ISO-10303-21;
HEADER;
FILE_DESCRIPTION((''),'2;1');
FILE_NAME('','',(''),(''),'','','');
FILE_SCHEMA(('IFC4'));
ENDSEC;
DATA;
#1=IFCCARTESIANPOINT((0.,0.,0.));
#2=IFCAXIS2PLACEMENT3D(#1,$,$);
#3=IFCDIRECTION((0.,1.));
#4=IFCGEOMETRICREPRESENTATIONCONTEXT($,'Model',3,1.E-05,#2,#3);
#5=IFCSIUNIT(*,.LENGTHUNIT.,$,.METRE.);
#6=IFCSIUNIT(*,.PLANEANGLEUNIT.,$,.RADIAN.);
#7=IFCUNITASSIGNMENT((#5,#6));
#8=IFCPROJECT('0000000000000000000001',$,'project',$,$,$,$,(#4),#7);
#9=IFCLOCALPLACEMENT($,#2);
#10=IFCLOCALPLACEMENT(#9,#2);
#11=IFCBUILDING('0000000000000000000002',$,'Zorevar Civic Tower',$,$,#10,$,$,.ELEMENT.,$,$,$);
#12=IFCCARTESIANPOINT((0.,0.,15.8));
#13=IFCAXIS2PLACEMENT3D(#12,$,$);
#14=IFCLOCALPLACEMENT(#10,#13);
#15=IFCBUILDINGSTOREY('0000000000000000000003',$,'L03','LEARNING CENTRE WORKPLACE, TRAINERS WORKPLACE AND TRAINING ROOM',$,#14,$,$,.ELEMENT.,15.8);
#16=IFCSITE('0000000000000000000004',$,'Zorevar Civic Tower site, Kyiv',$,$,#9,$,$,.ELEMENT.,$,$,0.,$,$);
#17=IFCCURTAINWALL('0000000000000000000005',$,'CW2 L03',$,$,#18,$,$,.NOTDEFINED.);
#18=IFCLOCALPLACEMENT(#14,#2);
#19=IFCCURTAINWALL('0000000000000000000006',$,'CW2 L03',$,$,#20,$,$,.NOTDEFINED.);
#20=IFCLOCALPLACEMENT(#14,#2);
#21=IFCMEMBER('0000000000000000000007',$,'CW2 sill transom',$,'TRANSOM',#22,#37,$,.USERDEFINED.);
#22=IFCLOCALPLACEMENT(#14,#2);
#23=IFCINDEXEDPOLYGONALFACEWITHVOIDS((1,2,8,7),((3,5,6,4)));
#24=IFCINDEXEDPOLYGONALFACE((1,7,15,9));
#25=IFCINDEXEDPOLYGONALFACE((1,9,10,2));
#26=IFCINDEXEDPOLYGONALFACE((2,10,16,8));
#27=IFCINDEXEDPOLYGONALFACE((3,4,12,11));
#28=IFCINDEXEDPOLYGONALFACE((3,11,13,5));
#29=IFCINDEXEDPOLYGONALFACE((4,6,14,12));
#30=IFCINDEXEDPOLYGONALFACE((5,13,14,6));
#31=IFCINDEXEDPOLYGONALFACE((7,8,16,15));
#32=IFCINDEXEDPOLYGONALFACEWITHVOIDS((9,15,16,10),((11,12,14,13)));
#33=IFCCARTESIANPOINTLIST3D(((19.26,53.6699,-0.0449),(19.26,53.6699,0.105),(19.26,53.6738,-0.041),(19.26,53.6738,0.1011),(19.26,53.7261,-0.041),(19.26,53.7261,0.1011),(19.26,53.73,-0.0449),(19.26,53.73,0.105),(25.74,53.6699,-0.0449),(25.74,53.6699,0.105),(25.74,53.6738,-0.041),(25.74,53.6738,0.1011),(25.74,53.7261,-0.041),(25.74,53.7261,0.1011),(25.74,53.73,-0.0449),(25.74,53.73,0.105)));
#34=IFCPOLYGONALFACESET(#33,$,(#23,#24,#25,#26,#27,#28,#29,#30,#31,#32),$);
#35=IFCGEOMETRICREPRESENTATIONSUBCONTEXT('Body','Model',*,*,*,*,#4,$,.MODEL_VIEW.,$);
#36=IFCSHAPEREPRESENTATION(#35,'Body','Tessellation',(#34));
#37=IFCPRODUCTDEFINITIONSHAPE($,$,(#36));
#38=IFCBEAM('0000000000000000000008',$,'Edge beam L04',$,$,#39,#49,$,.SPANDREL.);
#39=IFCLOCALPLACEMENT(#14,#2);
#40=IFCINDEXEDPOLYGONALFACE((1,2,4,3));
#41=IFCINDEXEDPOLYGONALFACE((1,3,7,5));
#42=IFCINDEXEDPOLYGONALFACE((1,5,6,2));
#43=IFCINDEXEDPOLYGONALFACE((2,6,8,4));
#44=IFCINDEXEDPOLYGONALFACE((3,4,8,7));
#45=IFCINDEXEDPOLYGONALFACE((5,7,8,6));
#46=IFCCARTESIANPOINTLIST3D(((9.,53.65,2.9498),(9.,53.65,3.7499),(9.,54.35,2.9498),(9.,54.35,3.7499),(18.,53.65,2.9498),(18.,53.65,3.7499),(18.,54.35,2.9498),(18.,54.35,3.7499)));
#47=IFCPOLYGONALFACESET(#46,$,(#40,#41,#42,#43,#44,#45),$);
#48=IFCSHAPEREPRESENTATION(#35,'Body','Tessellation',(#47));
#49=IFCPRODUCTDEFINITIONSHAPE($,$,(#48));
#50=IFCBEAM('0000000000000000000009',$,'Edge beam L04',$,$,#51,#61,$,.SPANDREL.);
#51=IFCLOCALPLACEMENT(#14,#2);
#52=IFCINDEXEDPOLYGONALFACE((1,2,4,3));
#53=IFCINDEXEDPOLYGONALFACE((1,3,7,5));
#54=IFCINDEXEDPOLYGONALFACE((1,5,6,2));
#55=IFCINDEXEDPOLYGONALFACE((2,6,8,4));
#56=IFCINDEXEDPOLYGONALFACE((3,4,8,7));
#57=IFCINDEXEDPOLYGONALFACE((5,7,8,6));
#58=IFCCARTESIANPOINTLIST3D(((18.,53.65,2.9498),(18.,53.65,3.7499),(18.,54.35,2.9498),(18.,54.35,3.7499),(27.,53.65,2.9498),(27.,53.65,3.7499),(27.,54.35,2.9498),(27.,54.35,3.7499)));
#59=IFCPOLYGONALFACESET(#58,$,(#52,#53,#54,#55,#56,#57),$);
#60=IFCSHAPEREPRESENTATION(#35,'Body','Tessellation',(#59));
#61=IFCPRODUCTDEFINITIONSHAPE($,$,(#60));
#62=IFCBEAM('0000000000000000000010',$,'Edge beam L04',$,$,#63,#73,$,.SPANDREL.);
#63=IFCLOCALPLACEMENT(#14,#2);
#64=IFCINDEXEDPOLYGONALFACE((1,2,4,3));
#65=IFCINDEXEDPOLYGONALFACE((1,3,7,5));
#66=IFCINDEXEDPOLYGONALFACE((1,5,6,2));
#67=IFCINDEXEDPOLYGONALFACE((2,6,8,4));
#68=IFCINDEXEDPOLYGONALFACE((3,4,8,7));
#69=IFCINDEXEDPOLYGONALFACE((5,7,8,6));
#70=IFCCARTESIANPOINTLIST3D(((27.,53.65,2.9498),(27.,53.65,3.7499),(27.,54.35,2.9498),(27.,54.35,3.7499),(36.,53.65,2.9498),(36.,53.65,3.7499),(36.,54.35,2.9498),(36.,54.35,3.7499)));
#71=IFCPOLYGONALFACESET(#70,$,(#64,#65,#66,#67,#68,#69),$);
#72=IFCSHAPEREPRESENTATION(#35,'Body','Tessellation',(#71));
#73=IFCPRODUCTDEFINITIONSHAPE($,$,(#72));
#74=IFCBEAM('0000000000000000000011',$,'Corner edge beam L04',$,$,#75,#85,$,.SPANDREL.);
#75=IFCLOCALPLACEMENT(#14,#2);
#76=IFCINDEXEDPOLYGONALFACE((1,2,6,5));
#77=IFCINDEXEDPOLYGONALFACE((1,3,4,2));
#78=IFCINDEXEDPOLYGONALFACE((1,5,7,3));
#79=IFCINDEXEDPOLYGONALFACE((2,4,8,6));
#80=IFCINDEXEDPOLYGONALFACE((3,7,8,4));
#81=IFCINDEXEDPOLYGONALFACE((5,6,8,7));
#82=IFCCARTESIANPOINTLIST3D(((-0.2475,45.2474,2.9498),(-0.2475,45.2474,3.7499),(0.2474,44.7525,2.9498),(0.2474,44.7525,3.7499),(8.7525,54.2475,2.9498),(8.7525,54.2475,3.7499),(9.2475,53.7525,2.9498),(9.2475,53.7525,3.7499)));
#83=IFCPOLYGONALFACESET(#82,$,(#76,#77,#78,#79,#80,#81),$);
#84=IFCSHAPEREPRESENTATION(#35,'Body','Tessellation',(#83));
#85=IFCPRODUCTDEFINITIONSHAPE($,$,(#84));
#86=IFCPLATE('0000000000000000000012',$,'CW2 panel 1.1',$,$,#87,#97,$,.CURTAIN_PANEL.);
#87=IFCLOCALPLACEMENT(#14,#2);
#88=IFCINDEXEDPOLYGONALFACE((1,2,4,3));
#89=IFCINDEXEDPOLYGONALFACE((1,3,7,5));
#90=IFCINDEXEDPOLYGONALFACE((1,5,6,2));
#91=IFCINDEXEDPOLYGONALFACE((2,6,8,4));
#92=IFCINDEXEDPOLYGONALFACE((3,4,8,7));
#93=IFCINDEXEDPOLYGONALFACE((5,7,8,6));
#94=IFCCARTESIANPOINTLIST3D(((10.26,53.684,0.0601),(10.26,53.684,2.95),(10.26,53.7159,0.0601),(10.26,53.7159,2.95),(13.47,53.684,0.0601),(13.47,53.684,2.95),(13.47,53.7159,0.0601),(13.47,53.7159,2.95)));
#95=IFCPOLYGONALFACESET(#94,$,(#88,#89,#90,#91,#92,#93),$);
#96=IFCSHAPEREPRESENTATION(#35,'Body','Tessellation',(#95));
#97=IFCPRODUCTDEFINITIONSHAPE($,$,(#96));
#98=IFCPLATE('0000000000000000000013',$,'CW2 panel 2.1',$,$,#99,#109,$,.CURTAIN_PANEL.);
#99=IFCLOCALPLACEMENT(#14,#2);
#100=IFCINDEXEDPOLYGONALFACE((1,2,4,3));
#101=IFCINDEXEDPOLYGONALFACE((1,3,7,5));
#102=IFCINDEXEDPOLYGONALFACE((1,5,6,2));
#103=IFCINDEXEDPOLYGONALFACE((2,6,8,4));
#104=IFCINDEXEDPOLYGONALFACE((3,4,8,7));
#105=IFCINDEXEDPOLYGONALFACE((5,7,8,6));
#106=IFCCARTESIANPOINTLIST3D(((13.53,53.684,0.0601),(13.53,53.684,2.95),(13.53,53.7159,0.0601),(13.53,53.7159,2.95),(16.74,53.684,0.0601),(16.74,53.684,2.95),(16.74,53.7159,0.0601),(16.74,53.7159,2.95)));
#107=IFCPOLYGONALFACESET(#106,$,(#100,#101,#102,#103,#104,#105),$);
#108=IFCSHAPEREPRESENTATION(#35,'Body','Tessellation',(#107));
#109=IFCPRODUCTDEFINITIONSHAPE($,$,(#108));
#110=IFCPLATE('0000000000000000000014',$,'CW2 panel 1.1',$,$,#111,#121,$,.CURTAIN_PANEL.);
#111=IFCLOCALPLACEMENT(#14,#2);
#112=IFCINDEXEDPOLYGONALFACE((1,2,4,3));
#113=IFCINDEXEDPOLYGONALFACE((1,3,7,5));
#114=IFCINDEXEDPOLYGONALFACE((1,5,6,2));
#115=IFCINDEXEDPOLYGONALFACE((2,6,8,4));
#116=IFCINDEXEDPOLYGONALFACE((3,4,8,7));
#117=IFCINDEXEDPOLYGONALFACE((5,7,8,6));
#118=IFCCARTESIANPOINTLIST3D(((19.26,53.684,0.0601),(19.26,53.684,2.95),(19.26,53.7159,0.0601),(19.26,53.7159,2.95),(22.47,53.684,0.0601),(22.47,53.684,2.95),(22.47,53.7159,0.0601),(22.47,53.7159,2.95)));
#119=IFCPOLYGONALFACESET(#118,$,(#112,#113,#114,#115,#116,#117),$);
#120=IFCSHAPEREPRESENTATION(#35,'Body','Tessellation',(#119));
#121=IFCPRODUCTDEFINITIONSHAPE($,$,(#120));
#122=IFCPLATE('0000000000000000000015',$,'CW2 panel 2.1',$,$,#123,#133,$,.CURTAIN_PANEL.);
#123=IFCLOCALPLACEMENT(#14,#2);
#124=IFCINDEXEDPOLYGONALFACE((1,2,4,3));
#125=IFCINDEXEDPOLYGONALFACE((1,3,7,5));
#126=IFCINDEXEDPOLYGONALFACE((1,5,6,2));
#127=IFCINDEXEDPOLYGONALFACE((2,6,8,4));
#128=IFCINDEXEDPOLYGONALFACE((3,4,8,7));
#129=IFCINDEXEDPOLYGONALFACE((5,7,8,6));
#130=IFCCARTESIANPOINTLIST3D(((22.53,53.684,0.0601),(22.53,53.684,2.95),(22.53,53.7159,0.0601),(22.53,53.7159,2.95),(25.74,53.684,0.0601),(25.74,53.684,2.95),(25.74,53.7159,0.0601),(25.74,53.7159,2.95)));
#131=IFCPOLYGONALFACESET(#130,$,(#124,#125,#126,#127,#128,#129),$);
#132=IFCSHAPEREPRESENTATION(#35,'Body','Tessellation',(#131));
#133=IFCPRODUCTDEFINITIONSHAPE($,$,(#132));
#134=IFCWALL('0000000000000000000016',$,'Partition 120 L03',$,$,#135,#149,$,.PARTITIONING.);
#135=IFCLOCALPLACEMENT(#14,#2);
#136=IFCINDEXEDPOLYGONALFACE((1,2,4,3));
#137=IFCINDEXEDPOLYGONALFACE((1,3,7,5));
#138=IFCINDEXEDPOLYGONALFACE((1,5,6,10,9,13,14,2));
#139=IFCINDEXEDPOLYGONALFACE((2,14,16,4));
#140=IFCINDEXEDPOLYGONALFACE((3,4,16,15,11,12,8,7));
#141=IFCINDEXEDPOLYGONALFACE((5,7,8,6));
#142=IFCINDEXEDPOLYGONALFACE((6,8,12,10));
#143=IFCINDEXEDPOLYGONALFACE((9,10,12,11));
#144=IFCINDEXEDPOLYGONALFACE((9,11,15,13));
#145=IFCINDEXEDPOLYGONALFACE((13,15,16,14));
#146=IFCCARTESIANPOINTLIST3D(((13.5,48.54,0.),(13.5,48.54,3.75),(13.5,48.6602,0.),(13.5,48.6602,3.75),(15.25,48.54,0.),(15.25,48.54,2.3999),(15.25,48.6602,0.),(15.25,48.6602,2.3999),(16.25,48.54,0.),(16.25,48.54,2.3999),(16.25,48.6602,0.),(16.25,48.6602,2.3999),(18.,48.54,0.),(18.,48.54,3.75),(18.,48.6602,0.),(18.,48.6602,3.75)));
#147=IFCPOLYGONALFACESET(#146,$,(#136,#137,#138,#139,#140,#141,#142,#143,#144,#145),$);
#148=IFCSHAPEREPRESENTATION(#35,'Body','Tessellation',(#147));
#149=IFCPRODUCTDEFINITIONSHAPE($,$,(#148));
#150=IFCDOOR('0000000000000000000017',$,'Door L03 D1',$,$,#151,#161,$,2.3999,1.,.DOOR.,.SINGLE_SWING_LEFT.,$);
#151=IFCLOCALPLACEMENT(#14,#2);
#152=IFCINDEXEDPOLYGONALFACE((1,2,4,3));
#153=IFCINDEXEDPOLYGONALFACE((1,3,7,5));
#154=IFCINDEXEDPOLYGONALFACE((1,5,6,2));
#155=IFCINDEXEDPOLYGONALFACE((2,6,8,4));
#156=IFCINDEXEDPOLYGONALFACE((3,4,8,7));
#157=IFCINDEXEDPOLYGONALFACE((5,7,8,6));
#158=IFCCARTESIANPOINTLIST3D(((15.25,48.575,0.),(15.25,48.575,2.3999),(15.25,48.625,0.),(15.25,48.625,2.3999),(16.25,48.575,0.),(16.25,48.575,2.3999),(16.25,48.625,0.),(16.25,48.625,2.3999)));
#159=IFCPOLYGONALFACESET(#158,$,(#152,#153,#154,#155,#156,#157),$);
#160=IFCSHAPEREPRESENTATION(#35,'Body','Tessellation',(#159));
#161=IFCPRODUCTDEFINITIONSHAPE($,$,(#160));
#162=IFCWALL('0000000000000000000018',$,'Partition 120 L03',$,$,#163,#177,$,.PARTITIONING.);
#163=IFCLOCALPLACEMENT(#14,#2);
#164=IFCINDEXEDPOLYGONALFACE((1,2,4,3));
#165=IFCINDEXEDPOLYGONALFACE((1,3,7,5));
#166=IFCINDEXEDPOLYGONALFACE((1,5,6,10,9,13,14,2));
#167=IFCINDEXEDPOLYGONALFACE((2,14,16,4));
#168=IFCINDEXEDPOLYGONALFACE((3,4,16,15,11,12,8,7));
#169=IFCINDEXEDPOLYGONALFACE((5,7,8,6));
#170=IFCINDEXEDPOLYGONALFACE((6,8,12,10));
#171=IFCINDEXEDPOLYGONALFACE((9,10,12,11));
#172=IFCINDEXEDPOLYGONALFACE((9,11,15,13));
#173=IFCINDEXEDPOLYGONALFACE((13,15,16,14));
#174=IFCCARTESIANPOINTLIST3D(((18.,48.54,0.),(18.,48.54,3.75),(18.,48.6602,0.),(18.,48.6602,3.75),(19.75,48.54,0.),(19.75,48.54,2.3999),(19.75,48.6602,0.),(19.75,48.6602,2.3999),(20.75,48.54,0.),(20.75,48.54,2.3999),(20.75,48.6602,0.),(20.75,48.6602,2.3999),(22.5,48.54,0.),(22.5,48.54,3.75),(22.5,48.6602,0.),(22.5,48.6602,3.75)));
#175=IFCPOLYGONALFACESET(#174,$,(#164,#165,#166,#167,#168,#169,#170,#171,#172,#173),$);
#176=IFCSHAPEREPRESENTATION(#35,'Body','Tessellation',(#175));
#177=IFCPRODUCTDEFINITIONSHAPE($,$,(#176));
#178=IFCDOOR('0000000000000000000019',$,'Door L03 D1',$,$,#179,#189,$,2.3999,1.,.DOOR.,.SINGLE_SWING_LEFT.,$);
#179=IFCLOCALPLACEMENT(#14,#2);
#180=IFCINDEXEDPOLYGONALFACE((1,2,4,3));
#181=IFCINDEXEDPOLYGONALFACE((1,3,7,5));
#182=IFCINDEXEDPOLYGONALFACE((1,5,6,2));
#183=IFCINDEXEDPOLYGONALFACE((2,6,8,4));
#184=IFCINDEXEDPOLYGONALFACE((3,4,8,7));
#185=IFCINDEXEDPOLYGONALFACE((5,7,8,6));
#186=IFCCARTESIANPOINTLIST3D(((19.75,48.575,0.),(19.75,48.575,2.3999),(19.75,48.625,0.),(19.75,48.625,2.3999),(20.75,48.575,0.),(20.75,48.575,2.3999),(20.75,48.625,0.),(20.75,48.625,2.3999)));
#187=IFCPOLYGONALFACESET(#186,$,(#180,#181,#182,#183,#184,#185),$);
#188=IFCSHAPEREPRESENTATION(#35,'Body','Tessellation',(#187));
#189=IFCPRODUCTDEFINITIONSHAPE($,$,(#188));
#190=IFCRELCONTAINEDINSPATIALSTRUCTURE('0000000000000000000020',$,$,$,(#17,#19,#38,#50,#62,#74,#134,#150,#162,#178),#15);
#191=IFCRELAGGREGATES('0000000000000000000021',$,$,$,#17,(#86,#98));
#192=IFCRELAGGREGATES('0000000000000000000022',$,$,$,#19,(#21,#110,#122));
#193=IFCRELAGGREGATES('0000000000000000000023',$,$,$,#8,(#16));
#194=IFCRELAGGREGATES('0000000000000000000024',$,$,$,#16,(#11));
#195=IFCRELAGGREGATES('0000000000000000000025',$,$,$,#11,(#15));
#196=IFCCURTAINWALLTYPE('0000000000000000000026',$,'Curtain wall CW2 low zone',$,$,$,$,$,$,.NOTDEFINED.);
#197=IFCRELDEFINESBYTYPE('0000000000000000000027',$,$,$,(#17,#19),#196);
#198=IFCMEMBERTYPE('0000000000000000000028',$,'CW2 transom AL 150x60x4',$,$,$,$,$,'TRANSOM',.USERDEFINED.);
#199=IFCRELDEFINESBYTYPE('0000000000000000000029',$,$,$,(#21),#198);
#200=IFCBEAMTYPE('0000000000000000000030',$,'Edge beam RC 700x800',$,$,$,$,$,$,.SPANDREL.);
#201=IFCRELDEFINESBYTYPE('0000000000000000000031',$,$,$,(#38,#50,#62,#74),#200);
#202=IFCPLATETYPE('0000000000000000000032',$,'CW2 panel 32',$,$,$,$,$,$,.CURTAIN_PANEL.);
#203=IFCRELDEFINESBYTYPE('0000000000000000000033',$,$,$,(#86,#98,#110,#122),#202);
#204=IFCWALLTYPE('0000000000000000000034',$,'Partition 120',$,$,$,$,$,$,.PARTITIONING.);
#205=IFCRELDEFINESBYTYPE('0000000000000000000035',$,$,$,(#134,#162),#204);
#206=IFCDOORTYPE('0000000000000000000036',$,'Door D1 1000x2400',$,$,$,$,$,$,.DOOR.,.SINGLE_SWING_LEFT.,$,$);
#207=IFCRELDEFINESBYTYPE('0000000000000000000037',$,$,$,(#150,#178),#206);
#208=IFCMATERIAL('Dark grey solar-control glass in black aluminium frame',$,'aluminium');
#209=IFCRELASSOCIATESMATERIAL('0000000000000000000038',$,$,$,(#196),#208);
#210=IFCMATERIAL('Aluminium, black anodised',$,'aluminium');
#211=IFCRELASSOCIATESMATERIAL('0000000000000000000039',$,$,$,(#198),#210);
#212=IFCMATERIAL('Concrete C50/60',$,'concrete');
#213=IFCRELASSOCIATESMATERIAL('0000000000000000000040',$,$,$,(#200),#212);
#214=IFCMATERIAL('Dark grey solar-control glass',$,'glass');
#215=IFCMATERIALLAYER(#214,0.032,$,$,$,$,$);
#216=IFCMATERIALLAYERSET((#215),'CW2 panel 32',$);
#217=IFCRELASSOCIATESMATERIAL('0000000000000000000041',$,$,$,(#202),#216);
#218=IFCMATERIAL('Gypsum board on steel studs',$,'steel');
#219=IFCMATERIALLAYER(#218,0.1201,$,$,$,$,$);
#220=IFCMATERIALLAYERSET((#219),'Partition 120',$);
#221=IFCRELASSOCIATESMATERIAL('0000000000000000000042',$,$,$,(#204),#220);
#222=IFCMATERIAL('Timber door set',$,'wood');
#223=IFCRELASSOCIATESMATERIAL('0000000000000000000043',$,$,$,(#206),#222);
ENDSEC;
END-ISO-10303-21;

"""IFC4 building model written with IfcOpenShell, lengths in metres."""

from ifc_helpers import new_model, si_unit, direction, frame, frame_2d, origin, origin_2d, place, context, subcontext, project, spatial, rectangle, hollow_rectangle, extrude, material, layer, layer_set, material_profile, profile_set, type_object, element, fill, aggregate, save


model = new_model("IFC4")

# Units and contexts
model_context = context("Model", 3, precision=1e-05, world=origin(), true_north=direction((0.0, 1.0)))
body_context = subcontext(model_context, "Body", "Model", "MODEL_VIEW")
ifc_project = project(units=[si_unit("LENGTHUNIT", "METRE"), si_unit("PLANEANGLEUNIT", "RADIAN")], contexts=[model_context])

# Site, building, storey
site_placement = place(None, origin())
site = spatial("IfcSite", under=ifc_project, at=site_placement, Name="Zorevar Civic Tower site, Kyiv", CompositionType="ELEMENT", RefElevation=0.0)
building_placement = place(site_placement, origin())
building = spatial("IfcBuilding", under=site, at=building_placement, Name="Zorevar Civic Tower", CompositionType="ELEMENT")
storey_placement = place(building_placement, frame((0.0, 0.0, 15.8)))
storey = spatial("IfcBuildingStorey", under=building, at=storey_placement, Name="L03", Description="LEARNING CENTRE WORKPLACE, TRAINERS WORKPLACE AND TRAINING ROOM", CompositionType="ELEMENT", Elevation=15.8)

# Curtain walls
ifc_material_1 = material(Name="Dark grey solar-control glass in black aluminium frame", Category="aluminium")
curtain_wall_type = type_object("IfcCurtainWallType", Name="Curtain wall CW2 low zone", PredefinedType="NOTDEFINED", material=ifc_material_1)
curtain_wall_1_placement = place(storey_placement, origin())
curtain_wall_1 = element("IfcCurtainWall", 1, at=curtain_wall_1_placement, inside=storey, type_object=curtain_wall_type, Name="CW2 L03", PredefinedType="NOTDEFINED")
curtain_wall_2_placement = place(storey_placement, origin())
curtain_wall_2 = element("IfcCurtainWall", 2, at=curtain_wall_2_placement, inside=storey, type_object=curtain_wall_type, Name="CW2 L03", PredefinedType="NOTDEFINED")

# Member
ifc_material_2 = material(Name="Aluminium, black anodised", Category="aluminium")
ifc_material_profile_1 = material_profile(ifc_material_2, hollow_rectangle(XDim=0.0601, YDim=0.1499, WallThickness=0.0039, at=origin_2d()), Name="AL 150x60x4")
ifc_profile_set_1 = profile_set([ifc_material_profile_1], Name="Aluminium, black anodised")
member_type_1 = type_object("IfcMemberType", Name="CW2 transom AL 150x60x4", ElementType="TRANSOM", PredefinedType="USERDEFINED", material=ifc_profile_set_1)
member_1_placement = place(storey_placement, frame((19.26, 53.7, 0.03), z_axis=(1.0, 0.0, 0.0), x_axis=(0.0, 1.0, 0.0)))
member_1 = element("IfcMember", 3, at=member_1_placement, type_object=member_type_1, Name="CW2 sill transom", ObjectType="TRANSOM", PredefinedType="USERDEFINED", context=body_context, shape_type="SweptSolid", body=[
    extrude(hollow_rectangle(XDim=0.0601, YDim=0.1499, WallThickness=0.0039, at=origin_2d()), origin(), (0.0, 0.0, 1.0), 6.48),
])

# Beams
ifc_material_3 = material(Name="Concrete C50/60", Category="concrete")
ifc_material_profile_2 = material_profile(ifc_material_3, rectangle(XDim=0.7, YDim=0.8, at=origin_2d()), Name="RC 700x800")
ifc_profile_set_2 = profile_set([ifc_material_profile_2], Name="Concrete C50/60")
beam_type_1 = type_object("IfcBeamType", Name="Edge beam RC 700x800", PredefinedType="SPANDREL", material=ifc_profile_set_2)
for number, where, z_axis, x_axis, name in (
    (4, (9.0, 54.0, 3.3499), (1.0, 0.0, 0.0), (0.0, 1.0, 0.0), "Edge beam L04"),
    (5, (18.0, 54.0, 3.3499), (1.0, 0.0, 0.0), (0.0, 1.0, 0.0), "Edge beam L04"),
    (6, (27.0, 54.0, 3.3499), (1.0, 0.0, 0.0), (0.0, 1.0, 0.0), "Edge beam L04"),
):
    element("IfcBeam", number, at=place(storey_placement, frame(where, z_axis=z_axis, x_axis=x_axis)), inside=storey, type_object=beam_type_1, Name=name, PredefinedType="SPANDREL", context=body_context, shape_type="SweptSolid", body=[
        extrude(rectangle(XDim=0.7, YDim=0.8, at=origin_2d()), origin(), (0.0, 0.0, 1.0), 9.0),
    ])
beam_placement = place(storey_placement, frame((9.0, 54.0, 3.3499), z_axis=(-0.707107, -0.707107, 0.0), x_axis=(0.707107, -0.707107, 0.0)))
element("IfcBeam", 7, at=beam_placement, inside=storey, type_object=beam_type_1, Name="Corner edge beam L04", PredefinedType="SPANDREL", context=body_context, shape_type="SweptSolid", body=[
    extrude(rectangle(XDim=0.7, YDim=0.8, at=origin_2d()), origin(), (0.0, 0.0, 1.0), 12.728),
])

# Plates
ifc_material_4 = material(Name="Dark grey solar-control glass", Category="glass")
ifc_layer_1 = layer(ifc_material_4, 0.032)
ifc_layer_set_1 = layer_set([ifc_layer_1], Name="CW2 panel 32")
plate_type = type_object("IfcPlateType", Name="CW2 panel 32", PredefinedType="CURTAIN_PANEL", material=ifc_layer_set_1)
plate_1_placement = place(storey_placement, frame((11.865, 53.7, 0.0601), z_axis=(0.0, 0.0, 1.0), x_axis=(1.0, 0.0, 0.0)))
plate_1 = element("IfcPlate", 8, at=plate_1_placement, type_object=plate_type, Name="CW2 panel 1.1", PredefinedType="CURTAIN_PANEL", context=body_context, shape_type="SweptSolid", body=[
    extrude(rectangle(XDim=3.21, YDim=0.032, at=origin_2d()), origin(), (0.0, 0.0, 1.0), 2.8899),
])
plate_2_placement = place(storey_placement, frame((15.135, 53.7, 0.0601), z_axis=(0.0, 0.0, 1.0), x_axis=(1.0, 0.0, 0.0)))
plate_2 = element("IfcPlate", 9, at=plate_2_placement, type_object=plate_type, Name="CW2 panel 2.1", PredefinedType="CURTAIN_PANEL", context=body_context, shape_type="SweptSolid", body=[
    extrude(rectangle(XDim=3.21, YDim=0.032, at=origin_2d()), origin(), (0.0, 0.0, 1.0), 2.8899),
])
aggregate(curtain_wall_1, [plate_1, plate_2])
plate_3_placement = place(storey_placement, frame((20.865, 53.7, 0.0601), z_axis=(0.0, 0.0, 1.0), x_axis=(1.0, 0.0, 0.0)))
plate_3 = element("IfcPlate", 10, at=plate_3_placement, type_object=plate_type, Name="CW2 panel 1.1", PredefinedType="CURTAIN_PANEL", context=body_context, shape_type="SweptSolid", body=[
    extrude(rectangle(XDim=3.21, YDim=0.032, at=origin_2d()), origin(), (0.0, 0.0, 1.0), 2.8899),
])
plate_4_placement = place(storey_placement, frame((24.135, 53.7, 0.0601), z_axis=(0.0, 0.0, 1.0), x_axis=(1.0, 0.0, 0.0)))
plate_4 = element("IfcPlate", 11, at=plate_4_placement, type_object=plate_type, Name="CW2 panel 2.1", PredefinedType="CURTAIN_PANEL", context=body_context, shape_type="SweptSolid", body=[
    extrude(rectangle(XDim=3.21, YDim=0.032, at=origin_2d()), origin(), (0.0, 0.0, 1.0), 2.8899),
])
aggregate(curtain_wall_2, [member_1, plate_3, plate_4])

# Walls, openings, doors
ifc_material_5 = material(Name="Gypsum board on steel studs", Category="steel")
ifc_layer_2 = layer(ifc_material_5, 0.1201)
ifc_layer_set_2 = layer_set([ifc_layer_2], Name="Partition 120")
wall_type = type_object("IfcWallType", Name="Partition 120", PredefinedType="PARTITIONING", material=ifc_layer_set_2)
wall_1_placement = place(storey_placement, frame((13.5, 48.6001, 0.0), z_axis=(0.0, 0.0, 1.0), x_axis=(1.0, 0.0, 0.0)))
wall_1 = element("IfcWall", 12, at=wall_1_placement, inside=storey, type_object=wall_type, Name="Partition 120 L03", PredefinedType="PARTITIONING", context=body_context, shape_type="SweptSolid", body=[
    extrude(rectangle(XDim=4.5, YDim=0.1201, at=frame_2d((2.25, 0.0))), origin(), (0.0, 0.0, 1.0), 3.75),
])
opening_1_placement = place(wall_1_placement, frame((1.75, 0.0, 0.0)))
opening_1 = element("IfcOpeningElement", 13, at=opening_1_placement, cuts=wall_1, PredefinedType="OPENING", context=body_context, shape_type="SweptSolid", body=[
    extrude(rectangle(XDim=1.0, YDim=2.3999, at=frame_2d((0.5, 1.2))), frame((0.0, 0.0701, 0.0), z_axis=(0.0, -1.0, 0.0), x_axis=(1.0, 0.0, 0.0)), (0.0, 0.0, 1.0), 0.1401),
])
ifc_material_6 = material(Name="Timber door set", Category="wood")
door_type = type_object("IfcDoorType", Name="Door D1 1000x2400", OperationType="SINGLE_SWING_LEFT", PredefinedType="DOOR", material=ifc_material_6)
door_1_placement = place(opening_1_placement, origin())
door_1 = element("IfcDoor", 14, at=door_1_placement, inside=storey, type_object=door_type, Name="Door L03 D1", OperationType="SINGLE_SWING_LEFT", OverallHeight=2.3999, OverallWidth=1.0, PredefinedType="DOOR", context=body_context, shape_type="SweptSolid", body=[
    extrude(rectangle(XDim=1.0, YDim=2.3999, at=frame_2d((0.5, 1.2))), frame((0.0, 0.0249, 0.0), z_axis=(0.0, -1.0, 0.0), x_axis=(1.0, 0.0, 0.0)), (0.0, 0.0, 1.0), 0.05),
])
fill(opening_1, door_1)
wall_2_placement = place(storey_placement, frame((18.0, 48.6001, 0.0), z_axis=(0.0, 0.0, 1.0), x_axis=(1.0, 0.0, 0.0)))
wall_2 = element("IfcWall", 15, at=wall_2_placement, inside=storey, type_object=wall_type, Name="Partition 120 L03", PredefinedType="PARTITIONING", context=body_context, shape_type="SweptSolid", body=[
    extrude(rectangle(XDim=4.5, YDim=0.1201, at=frame_2d((2.25, 0.0))), origin(), (0.0, 0.0, 1.0), 3.75),
])
opening_2_placement = place(wall_2_placement, frame((1.75, 0.0, 0.0)))
opening_2 = element("IfcOpeningElement", 16, at=opening_2_placement, cuts=wall_2, PredefinedType="OPENING", context=body_context, shape_type="SweptSolid", body=[
    extrude(rectangle(XDim=1.0, YDim=2.3999, at=frame_2d((0.5, 1.2))), frame((0.0, 0.0701, 0.0), z_axis=(0.0, -1.0, 0.0), x_axis=(1.0, 0.0, 0.0)), (0.0, 0.0, 1.0), 0.1401),
])
door_2_placement = place(opening_2_placement, origin())
door_2 = element("IfcDoor", 17, at=door_2_placement, inside=storey, type_object=door_type, Name="Door L03 D1", OperationType="SINGLE_SWING_LEFT", OverallHeight=2.3999, OverallWidth=1.0, PredefinedType="DOOR", context=body_context, shape_type="SweptSolid", body=[
    extrude(rectangle(XDim=1.0, YDim=2.3999, at=frame_2d((0.5, 1.2))), frame((0.0, 0.0249, 0.0), z_axis=(0.0, -1.0, 0.0), x_axis=(1.0, 0.0, 0.0)), (0.0, 0.0, 1.0), 0.05),
])
fill(opening_2, door_2)

save(model, "model.ifc")
